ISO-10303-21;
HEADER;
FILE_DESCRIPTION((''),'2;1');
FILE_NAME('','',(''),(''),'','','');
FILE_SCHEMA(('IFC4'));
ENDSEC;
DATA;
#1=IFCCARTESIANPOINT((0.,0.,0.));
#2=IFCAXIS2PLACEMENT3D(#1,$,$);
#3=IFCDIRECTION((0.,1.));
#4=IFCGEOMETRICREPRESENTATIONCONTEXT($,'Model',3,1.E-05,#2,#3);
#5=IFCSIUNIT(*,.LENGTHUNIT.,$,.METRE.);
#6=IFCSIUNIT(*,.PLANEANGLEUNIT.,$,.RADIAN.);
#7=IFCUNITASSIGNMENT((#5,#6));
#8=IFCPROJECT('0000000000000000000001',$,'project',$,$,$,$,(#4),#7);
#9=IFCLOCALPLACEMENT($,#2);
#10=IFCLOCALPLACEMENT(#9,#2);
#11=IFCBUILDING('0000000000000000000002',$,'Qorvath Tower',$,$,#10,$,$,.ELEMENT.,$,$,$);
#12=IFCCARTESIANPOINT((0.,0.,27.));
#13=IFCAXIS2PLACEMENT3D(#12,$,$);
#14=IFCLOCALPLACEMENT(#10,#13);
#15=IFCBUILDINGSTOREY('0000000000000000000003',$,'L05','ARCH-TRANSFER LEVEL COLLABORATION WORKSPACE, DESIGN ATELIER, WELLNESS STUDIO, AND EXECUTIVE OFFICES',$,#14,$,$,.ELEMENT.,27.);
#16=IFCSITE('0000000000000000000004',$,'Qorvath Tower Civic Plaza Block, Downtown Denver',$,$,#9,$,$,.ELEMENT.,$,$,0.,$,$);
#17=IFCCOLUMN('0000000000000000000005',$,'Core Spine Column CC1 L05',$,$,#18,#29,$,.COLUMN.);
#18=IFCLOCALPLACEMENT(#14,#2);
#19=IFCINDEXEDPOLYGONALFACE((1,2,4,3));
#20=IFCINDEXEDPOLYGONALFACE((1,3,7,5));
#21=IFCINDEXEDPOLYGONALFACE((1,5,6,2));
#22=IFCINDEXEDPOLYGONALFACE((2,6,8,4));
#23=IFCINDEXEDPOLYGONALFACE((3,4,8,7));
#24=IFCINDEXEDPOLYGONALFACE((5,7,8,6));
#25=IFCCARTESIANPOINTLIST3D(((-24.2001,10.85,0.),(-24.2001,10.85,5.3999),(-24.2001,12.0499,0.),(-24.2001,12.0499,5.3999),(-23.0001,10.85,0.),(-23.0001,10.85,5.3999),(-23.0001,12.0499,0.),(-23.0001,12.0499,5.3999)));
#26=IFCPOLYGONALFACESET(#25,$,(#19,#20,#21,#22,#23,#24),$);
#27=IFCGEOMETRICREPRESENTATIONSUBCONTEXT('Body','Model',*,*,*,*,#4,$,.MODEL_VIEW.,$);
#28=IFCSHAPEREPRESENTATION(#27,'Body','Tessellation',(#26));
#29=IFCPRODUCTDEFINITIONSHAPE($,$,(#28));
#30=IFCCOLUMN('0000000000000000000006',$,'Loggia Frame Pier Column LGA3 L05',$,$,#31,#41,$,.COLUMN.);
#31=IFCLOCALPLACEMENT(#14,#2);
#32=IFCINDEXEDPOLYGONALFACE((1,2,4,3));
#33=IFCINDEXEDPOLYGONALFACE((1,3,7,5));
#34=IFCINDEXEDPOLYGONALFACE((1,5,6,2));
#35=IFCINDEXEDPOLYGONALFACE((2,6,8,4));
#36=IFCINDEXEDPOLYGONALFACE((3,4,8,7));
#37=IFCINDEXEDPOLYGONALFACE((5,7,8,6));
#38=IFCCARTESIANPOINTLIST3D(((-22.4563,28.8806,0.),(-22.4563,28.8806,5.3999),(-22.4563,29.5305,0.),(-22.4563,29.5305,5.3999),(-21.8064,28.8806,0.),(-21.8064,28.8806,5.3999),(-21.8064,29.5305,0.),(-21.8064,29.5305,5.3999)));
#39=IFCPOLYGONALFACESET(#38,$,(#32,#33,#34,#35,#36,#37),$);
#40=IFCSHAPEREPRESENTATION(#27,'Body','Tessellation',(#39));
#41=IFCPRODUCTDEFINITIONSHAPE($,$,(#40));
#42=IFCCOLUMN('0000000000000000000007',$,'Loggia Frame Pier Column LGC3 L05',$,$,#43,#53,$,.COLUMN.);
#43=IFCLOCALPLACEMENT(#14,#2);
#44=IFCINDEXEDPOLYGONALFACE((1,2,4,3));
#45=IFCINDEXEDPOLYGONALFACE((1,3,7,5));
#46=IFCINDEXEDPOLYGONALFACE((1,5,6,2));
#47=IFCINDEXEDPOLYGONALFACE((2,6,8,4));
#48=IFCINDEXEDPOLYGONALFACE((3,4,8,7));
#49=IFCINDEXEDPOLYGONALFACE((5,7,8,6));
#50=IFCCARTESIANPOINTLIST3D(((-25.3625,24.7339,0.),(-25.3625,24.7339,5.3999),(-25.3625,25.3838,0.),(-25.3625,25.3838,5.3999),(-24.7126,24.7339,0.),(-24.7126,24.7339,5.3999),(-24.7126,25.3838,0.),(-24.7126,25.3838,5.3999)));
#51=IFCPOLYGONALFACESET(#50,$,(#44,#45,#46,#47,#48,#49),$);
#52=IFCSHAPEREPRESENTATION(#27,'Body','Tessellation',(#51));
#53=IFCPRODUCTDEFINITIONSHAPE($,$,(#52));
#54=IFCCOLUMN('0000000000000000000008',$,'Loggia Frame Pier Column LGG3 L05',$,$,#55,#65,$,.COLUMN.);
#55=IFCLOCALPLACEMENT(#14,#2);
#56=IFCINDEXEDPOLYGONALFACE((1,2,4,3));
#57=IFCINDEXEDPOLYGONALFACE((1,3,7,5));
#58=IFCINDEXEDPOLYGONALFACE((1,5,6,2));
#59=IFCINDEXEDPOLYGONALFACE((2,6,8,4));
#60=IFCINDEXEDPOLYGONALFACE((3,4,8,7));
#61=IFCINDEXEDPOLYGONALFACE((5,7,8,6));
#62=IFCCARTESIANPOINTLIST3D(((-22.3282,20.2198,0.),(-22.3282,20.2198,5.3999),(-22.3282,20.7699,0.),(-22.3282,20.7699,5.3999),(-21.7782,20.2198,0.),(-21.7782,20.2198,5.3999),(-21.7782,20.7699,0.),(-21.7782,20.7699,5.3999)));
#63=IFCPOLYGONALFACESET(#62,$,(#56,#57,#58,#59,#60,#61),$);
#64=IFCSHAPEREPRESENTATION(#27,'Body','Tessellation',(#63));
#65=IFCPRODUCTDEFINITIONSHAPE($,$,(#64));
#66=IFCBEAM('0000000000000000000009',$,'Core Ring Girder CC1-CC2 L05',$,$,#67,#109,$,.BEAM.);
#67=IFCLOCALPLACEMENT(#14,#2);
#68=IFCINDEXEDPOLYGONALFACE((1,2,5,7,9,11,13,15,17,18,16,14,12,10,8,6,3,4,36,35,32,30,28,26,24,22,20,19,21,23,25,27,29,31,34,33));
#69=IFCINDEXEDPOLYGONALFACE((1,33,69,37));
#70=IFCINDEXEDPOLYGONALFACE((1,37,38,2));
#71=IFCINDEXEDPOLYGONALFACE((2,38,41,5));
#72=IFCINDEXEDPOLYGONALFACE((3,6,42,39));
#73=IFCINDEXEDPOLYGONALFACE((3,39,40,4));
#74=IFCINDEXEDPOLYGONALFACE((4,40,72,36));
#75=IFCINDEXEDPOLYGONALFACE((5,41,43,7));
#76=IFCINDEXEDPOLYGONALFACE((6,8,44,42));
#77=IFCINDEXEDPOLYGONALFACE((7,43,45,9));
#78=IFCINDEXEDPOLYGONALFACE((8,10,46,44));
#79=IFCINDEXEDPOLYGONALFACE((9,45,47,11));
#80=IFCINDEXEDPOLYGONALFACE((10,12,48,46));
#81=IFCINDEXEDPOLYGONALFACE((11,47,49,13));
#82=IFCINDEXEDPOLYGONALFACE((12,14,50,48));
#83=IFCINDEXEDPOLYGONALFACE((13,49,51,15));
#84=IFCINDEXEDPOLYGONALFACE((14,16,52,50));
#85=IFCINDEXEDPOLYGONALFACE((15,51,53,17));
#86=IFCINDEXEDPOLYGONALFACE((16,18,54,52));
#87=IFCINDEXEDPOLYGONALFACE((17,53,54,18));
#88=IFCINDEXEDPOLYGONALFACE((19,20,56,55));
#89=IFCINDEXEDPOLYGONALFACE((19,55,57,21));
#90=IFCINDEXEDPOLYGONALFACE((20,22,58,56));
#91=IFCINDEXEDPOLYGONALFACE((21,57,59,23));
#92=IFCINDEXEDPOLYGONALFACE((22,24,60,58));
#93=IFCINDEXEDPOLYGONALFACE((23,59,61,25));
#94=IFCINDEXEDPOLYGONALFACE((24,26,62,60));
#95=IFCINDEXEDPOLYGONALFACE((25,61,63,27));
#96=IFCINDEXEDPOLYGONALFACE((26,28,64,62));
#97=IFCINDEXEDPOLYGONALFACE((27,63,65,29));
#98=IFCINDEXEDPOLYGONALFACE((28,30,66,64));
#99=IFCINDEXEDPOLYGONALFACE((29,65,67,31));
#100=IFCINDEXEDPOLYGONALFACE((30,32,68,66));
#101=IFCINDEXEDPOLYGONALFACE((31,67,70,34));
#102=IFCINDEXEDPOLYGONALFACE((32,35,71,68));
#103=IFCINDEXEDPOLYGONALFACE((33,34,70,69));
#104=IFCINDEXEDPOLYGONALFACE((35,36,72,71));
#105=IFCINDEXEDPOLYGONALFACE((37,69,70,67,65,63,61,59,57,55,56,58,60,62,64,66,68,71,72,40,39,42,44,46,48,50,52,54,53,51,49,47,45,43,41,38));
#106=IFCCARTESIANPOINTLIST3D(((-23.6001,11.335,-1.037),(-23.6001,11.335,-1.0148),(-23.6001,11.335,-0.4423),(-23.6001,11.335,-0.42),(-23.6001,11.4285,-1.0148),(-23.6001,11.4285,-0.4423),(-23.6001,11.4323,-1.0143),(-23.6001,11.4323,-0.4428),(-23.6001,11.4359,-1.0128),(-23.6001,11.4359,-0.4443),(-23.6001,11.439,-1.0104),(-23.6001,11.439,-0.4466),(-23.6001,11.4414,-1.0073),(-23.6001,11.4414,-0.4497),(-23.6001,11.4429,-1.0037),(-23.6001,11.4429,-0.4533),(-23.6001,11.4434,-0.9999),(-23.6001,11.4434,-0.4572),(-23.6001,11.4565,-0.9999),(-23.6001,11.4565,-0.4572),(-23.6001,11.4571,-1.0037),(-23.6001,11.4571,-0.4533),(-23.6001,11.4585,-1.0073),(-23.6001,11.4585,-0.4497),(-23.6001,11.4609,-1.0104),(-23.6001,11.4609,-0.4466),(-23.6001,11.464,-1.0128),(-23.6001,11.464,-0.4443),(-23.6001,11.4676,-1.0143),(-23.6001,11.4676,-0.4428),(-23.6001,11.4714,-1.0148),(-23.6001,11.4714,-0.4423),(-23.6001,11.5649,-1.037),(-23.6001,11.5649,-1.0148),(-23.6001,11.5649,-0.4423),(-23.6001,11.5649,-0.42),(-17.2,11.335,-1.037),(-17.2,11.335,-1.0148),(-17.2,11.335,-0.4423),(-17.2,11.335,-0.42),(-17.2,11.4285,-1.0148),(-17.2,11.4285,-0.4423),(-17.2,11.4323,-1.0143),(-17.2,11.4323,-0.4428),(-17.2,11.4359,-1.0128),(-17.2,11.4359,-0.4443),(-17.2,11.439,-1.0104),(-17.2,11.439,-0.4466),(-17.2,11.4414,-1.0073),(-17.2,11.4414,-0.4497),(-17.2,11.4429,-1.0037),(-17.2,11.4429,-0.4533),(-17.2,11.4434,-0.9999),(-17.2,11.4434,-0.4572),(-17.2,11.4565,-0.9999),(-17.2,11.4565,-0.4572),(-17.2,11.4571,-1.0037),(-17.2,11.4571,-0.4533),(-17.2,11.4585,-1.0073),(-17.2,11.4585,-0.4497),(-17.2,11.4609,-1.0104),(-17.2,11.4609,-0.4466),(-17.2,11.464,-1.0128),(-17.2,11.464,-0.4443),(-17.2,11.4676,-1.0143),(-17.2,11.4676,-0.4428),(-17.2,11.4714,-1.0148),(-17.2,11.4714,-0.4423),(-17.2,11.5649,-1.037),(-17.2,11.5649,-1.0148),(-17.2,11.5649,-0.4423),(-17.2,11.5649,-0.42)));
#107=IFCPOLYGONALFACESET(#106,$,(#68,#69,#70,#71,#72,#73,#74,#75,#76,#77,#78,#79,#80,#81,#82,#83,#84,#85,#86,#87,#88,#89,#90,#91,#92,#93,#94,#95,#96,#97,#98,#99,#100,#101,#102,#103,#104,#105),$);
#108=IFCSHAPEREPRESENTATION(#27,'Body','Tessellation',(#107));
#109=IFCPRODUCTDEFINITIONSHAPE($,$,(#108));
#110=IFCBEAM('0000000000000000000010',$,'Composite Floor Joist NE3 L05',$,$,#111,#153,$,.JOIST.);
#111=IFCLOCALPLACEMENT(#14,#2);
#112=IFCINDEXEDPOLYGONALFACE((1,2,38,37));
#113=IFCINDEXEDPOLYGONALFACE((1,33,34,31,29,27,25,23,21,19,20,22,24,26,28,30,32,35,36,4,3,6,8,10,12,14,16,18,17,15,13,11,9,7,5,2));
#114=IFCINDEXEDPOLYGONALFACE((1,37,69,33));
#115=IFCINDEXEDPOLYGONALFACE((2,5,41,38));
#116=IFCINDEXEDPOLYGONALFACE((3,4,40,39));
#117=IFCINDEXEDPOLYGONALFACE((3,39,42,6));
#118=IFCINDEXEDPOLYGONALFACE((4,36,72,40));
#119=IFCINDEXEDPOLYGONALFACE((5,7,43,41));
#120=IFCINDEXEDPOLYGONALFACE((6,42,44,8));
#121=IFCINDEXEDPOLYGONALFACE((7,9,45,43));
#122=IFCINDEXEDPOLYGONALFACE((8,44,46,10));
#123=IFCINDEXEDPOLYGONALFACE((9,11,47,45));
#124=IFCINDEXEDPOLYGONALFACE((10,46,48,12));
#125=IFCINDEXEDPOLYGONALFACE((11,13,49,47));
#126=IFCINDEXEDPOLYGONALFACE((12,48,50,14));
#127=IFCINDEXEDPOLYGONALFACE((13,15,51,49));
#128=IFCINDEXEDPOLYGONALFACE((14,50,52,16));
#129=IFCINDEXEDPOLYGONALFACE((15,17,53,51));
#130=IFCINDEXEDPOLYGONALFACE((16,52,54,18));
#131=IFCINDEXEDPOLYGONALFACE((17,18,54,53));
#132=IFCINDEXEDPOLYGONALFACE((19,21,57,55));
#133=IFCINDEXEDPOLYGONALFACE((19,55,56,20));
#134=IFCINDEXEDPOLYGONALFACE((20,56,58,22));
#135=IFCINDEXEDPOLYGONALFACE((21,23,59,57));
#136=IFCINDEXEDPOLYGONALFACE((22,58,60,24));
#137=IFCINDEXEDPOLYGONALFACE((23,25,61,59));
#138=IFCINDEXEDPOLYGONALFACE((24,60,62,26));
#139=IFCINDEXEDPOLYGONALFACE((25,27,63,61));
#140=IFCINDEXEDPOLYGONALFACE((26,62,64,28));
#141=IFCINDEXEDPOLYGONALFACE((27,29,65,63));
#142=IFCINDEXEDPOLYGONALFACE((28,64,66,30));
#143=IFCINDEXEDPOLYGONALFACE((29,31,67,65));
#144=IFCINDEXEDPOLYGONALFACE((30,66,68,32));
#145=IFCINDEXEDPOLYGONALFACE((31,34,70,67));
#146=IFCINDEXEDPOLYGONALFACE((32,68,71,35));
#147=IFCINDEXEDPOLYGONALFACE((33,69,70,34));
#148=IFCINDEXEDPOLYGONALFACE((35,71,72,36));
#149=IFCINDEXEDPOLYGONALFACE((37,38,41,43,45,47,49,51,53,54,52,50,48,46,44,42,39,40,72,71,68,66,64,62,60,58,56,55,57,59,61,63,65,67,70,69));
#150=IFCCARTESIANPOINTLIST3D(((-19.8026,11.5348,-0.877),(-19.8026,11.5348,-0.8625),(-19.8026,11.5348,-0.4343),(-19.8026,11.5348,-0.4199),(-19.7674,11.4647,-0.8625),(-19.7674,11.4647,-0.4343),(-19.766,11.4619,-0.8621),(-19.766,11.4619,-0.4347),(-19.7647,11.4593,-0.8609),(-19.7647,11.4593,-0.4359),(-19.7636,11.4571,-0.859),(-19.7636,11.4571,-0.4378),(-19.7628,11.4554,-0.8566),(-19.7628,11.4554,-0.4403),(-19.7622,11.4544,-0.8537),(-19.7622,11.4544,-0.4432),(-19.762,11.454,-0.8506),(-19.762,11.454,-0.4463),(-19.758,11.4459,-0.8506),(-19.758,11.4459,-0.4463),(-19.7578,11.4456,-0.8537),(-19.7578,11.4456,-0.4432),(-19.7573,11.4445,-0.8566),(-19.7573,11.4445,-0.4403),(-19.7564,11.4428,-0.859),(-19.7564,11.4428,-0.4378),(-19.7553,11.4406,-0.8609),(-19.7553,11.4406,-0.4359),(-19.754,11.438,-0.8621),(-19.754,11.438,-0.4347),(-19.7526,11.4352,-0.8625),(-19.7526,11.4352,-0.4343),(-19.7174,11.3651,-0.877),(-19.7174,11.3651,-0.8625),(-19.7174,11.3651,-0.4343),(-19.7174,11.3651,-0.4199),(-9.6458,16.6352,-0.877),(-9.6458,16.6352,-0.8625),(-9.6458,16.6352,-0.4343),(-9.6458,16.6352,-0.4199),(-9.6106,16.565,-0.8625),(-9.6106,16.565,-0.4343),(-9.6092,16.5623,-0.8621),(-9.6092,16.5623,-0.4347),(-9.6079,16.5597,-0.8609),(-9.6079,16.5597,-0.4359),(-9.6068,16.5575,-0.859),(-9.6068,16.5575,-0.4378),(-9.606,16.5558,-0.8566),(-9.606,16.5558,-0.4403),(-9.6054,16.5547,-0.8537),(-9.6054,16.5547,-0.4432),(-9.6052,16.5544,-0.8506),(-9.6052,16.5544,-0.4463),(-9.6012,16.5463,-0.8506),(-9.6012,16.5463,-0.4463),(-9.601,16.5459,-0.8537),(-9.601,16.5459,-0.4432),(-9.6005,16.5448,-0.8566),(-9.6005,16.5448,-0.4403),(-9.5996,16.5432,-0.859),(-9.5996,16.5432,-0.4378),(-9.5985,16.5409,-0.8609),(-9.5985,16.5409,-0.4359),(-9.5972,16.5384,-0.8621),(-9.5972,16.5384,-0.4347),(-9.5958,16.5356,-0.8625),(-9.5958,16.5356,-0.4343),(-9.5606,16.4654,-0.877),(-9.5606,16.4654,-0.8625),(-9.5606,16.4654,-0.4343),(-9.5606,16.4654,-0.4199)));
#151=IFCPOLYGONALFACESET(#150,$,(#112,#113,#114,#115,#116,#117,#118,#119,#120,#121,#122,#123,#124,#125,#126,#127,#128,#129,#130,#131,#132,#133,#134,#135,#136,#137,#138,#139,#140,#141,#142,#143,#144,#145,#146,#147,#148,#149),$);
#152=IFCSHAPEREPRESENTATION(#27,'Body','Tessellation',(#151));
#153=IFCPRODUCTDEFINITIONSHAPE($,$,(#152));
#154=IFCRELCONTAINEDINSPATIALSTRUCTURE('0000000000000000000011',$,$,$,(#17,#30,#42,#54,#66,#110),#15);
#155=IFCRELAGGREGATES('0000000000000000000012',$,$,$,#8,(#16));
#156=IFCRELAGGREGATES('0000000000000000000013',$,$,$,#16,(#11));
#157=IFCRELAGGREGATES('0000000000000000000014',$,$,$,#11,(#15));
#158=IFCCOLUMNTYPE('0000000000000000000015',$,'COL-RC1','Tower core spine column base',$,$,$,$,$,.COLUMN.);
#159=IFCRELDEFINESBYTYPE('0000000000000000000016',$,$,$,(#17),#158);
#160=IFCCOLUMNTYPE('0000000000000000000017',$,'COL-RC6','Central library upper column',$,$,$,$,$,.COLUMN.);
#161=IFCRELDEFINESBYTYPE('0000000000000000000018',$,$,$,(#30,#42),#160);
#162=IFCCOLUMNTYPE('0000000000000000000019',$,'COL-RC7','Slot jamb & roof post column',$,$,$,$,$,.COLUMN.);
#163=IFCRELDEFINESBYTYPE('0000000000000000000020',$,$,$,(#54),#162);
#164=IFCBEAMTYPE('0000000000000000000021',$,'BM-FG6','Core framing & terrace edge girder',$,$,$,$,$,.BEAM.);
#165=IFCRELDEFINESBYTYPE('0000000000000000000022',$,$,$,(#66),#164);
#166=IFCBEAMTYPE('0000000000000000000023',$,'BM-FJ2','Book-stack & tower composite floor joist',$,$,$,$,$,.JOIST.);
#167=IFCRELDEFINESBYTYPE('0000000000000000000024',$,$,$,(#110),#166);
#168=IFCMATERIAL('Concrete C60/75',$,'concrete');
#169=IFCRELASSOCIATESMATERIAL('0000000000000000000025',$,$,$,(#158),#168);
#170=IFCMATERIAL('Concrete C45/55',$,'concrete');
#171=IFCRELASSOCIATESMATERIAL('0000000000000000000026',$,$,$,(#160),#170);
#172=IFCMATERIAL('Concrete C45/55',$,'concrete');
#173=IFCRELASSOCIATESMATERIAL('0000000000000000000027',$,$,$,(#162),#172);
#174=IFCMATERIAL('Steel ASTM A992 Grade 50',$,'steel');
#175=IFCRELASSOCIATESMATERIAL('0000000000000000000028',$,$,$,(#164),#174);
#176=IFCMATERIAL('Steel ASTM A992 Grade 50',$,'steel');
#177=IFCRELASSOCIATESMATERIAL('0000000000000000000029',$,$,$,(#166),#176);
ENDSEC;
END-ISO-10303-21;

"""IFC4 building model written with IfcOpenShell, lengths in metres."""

from ifc_helpers import new_model, si_unit, direction, frame, origin, origin_2d, place, context, subcontext, project, spatial, rectangle, i_section, extrude, material, material_profile, profile_set, type_object, element, save


model = new_model("IFC4")

# Units and contexts
model_context = context("Model", 3, precision=1e-05, world=origin(), true_north=direction((0.0, 1.0)))
body_context = subcontext(model_context, "Body", "Model", "MODEL_VIEW")
ifc_project = project(units=[si_unit("LENGTHUNIT", "METRE"), si_unit("PLANEANGLEUNIT", "RADIAN")], contexts=[model_context])

# Site, building, storey
site_placement = place(None, origin())
site = spatial("IfcSite", under=ifc_project, at=site_placement, Name="Qorvath Tower Civic Plaza Block, Downtown Denver", CompositionType="ELEMENT", RefElevation=0.0)
building_placement = place(site_placement, origin())
building = spatial("IfcBuilding", under=site, at=building_placement, Name="Qorvath Tower", CompositionType="ELEMENT")
storey_placement = place(building_placement, frame((0.0, 0.0, 27.0)))
storey = spatial("IfcBuildingStorey", under=building, at=storey_placement, Name="L05", Description="ARCH-TRANSFER LEVEL COLLABORATION WORKSPACE, DESIGN ATELIER, WELLNESS STUDIO, AND EXECUTIVE OFFICES", CompositionType="ELEMENT", Elevation=27.0)

# Columns
ifc_material_1 = material(Name="Concrete C60/75", Category="concrete")
ifc_material_profile_1 = material_profile(ifc_material_1, rectangle(XDim=1.2, YDim=1.2, at=origin_2d()), Name="RC 1200x1200")
ifc_profile_set_1 = profile_set([ifc_material_profile_1], Name="Concrete C60/75")
column_type_1 = type_object("IfcColumnType", Name="COL-RC1", Description="Tower core spine column base", PredefinedType="COLUMN", material=ifc_profile_set_1)
column_1_placement = place(storey_placement, frame((-23.6001, 11.45, 0.0), z_axis=(0.0, 0.0, 1.0), x_axis=(1.0, 0.0, 0.0)))
element("IfcColumn", 1, at=column_1_placement, inside=storey, type_object=column_type_1, Name="Core Spine Column CC1 L05", PredefinedType="COLUMN", context=body_context, shape_type="SweptSolid", body=[
    extrude(rectangle(XDim=1.2, YDim=1.2, at=origin_2d()), origin(), (0.0, 0.0, 1.0), 5.3999),
])
ifc_material_2 = material(Name="Concrete C45/55", Category="concrete")
ifc_material_profile_2 = material_profile(ifc_material_2, rectangle(XDim=0.6499, YDim=0.6499, at=origin_2d()), Name="RC 650x650")
ifc_profile_set_2 = profile_set([ifc_material_profile_2], Name="Concrete C45/55")
column_type_2 = type_object("IfcColumnType", Name="COL-RC6", Description="Central library upper column", PredefinedType="COLUMN", material=ifc_profile_set_2)
for number, where, z_axis, x_axis, name in (
    (2, (-22.1313, 29.2056, 0.0), (0.0, 0.0, 1.0), (1.0, 0.0, 0.0), "Loggia Frame Pier Column LGA3 L05"),
    (3, (-25.0376, 25.0588, 0.0), (0.0, 0.0, 1.0), (1.0, 0.0, 0.0), "Loggia Frame Pier Column LGC3 L05"),
):
    element("IfcColumn", number, at=place(storey_placement, frame(where, z_axis=z_axis, x_axis=x_axis)), inside=storey, type_object=column_type_2, Name=name, PredefinedType="COLUMN", context=body_context, shape_type="SweptSolid", body=[
        extrude(rectangle(XDim=0.6499, YDim=0.6499, at=origin_2d()), origin(), (0.0, 0.0, 1.0), 5.3999),
    ])
ifc_material_3 = material(Name="Concrete C45/55", Category="concrete")
ifc_material_profile_3 = material_profile(ifc_material_3, rectangle(XDim=0.55, YDim=0.55, at=origin_2d()), Name="RC 550x550")
ifc_profile_set_3 = profile_set([ifc_material_profile_3], Name="Concrete C45/55")
column_type_3 = type_object("IfcColumnType", Name="COL-RC7", Description="Slot jamb & roof post column", PredefinedType="COLUMN", material=ifc_profile_set_3)
column_2_placement = place(storey_placement, frame((-22.0532, 20.4949, 0.0), z_axis=(0.0, 0.0, 1.0), x_axis=(1.0, 0.0, 0.0)))
element("IfcColumn", 4, at=column_2_placement, inside=storey, type_object=column_type_3, Name="Loggia Frame Pier Column LGG3 L05", PredefinedType="COLUMN", context=body_context, shape_type="SweptSolid", body=[
    extrude(rectangle(XDim=0.55, YDim=0.55, at=origin_2d()), origin(), (0.0, 0.0, 1.0), 5.3999),
])

# Beams
ifc_material_4 = material(Name="Steel ASTM A992 Grade 50", Category="steel")
ifc_material_profile_4 = material_profile(ifc_material_4, i_section(OverallWidth=0.23, OverallDepth=0.6169, WebThickness=0.0132, FlangeThickness=0.0222, FilletRadius=0.0149, at=origin_2d()), Name="W24x94")
ifc_profile_set_4 = profile_set([ifc_material_profile_4], Name="Steel ASTM A992 Grade 50")
beam_type_1 = type_object("IfcBeamType", Name="BM-FG6", Description="Core framing & terrace edge girder", PredefinedType="BEAM", material=ifc_profile_set_4)
beam_1_placement = place(storey_placement, frame((-23.6001, 11.45, -0.7285), z_axis=(1.0, 0.0, 0.0), x_axis=(0.0, 1.0, 0.0)))
element("IfcBeam", 5, at=beam_1_placement, inside=storey, type_object=beam_type_1, Name="Core Ring Girder CC1-CC2 L05", PredefinedType="BEAM", context=body_context, shape_type="SweptSolid", body=[
    extrude(i_section(OverallWidth=0.23, OverallDepth=0.6169, WebThickness=0.0132, FlangeThickness=0.0222, FilletRadius=0.0149, at=origin_2d()), origin(), (0.0, 0.0, 1.0), 6.4001),
])
ifc_material_5 = material(Name="Steel ASTM A992 Grade 50", Category="steel")
ifc_material_profile_5 = material_profile(ifc_material_5, i_section(OverallWidth=0.1899, OverallDepth=0.457, WebThickness=0.009, FlangeThickness=0.0144, FilletRadius=0.012, at=origin_2d()), Name="W18x50")
ifc_profile_set_5 = profile_set([ifc_material_profile_5], Name="Steel ASTM A992 Grade 50")
beam_type_2 = type_object("IfcBeamType", Name="BM-FJ2", Description="Book-stack & tower composite floor joist", PredefinedType="JOIST", material=ifc_profile_set_5)
beam_2_placement = place(storey_placement, frame((-19.76, 11.45, -0.6484), z_axis=(0.893653, 0.44876, 0.0), x_axis=(-0.44876, 0.893653, 0.0)))
element("IfcBeam", 6, at=beam_2_placement, inside=storey, type_object=beam_type_2, Name="Composite Floor Joist NE3 L05", PredefinedType="JOIST", context=body_context, shape_type="SweptSolid", body=[
    extrude(i_section(OverallWidth=0.1899, OverallDepth=0.457, WebThickness=0.009, FlangeThickness=0.0144, FilletRadius=0.012, at=origin_2d()), origin(), (0.0, 0.0, 1.0), 11.3655),
])

save(model, "model.ifc")
